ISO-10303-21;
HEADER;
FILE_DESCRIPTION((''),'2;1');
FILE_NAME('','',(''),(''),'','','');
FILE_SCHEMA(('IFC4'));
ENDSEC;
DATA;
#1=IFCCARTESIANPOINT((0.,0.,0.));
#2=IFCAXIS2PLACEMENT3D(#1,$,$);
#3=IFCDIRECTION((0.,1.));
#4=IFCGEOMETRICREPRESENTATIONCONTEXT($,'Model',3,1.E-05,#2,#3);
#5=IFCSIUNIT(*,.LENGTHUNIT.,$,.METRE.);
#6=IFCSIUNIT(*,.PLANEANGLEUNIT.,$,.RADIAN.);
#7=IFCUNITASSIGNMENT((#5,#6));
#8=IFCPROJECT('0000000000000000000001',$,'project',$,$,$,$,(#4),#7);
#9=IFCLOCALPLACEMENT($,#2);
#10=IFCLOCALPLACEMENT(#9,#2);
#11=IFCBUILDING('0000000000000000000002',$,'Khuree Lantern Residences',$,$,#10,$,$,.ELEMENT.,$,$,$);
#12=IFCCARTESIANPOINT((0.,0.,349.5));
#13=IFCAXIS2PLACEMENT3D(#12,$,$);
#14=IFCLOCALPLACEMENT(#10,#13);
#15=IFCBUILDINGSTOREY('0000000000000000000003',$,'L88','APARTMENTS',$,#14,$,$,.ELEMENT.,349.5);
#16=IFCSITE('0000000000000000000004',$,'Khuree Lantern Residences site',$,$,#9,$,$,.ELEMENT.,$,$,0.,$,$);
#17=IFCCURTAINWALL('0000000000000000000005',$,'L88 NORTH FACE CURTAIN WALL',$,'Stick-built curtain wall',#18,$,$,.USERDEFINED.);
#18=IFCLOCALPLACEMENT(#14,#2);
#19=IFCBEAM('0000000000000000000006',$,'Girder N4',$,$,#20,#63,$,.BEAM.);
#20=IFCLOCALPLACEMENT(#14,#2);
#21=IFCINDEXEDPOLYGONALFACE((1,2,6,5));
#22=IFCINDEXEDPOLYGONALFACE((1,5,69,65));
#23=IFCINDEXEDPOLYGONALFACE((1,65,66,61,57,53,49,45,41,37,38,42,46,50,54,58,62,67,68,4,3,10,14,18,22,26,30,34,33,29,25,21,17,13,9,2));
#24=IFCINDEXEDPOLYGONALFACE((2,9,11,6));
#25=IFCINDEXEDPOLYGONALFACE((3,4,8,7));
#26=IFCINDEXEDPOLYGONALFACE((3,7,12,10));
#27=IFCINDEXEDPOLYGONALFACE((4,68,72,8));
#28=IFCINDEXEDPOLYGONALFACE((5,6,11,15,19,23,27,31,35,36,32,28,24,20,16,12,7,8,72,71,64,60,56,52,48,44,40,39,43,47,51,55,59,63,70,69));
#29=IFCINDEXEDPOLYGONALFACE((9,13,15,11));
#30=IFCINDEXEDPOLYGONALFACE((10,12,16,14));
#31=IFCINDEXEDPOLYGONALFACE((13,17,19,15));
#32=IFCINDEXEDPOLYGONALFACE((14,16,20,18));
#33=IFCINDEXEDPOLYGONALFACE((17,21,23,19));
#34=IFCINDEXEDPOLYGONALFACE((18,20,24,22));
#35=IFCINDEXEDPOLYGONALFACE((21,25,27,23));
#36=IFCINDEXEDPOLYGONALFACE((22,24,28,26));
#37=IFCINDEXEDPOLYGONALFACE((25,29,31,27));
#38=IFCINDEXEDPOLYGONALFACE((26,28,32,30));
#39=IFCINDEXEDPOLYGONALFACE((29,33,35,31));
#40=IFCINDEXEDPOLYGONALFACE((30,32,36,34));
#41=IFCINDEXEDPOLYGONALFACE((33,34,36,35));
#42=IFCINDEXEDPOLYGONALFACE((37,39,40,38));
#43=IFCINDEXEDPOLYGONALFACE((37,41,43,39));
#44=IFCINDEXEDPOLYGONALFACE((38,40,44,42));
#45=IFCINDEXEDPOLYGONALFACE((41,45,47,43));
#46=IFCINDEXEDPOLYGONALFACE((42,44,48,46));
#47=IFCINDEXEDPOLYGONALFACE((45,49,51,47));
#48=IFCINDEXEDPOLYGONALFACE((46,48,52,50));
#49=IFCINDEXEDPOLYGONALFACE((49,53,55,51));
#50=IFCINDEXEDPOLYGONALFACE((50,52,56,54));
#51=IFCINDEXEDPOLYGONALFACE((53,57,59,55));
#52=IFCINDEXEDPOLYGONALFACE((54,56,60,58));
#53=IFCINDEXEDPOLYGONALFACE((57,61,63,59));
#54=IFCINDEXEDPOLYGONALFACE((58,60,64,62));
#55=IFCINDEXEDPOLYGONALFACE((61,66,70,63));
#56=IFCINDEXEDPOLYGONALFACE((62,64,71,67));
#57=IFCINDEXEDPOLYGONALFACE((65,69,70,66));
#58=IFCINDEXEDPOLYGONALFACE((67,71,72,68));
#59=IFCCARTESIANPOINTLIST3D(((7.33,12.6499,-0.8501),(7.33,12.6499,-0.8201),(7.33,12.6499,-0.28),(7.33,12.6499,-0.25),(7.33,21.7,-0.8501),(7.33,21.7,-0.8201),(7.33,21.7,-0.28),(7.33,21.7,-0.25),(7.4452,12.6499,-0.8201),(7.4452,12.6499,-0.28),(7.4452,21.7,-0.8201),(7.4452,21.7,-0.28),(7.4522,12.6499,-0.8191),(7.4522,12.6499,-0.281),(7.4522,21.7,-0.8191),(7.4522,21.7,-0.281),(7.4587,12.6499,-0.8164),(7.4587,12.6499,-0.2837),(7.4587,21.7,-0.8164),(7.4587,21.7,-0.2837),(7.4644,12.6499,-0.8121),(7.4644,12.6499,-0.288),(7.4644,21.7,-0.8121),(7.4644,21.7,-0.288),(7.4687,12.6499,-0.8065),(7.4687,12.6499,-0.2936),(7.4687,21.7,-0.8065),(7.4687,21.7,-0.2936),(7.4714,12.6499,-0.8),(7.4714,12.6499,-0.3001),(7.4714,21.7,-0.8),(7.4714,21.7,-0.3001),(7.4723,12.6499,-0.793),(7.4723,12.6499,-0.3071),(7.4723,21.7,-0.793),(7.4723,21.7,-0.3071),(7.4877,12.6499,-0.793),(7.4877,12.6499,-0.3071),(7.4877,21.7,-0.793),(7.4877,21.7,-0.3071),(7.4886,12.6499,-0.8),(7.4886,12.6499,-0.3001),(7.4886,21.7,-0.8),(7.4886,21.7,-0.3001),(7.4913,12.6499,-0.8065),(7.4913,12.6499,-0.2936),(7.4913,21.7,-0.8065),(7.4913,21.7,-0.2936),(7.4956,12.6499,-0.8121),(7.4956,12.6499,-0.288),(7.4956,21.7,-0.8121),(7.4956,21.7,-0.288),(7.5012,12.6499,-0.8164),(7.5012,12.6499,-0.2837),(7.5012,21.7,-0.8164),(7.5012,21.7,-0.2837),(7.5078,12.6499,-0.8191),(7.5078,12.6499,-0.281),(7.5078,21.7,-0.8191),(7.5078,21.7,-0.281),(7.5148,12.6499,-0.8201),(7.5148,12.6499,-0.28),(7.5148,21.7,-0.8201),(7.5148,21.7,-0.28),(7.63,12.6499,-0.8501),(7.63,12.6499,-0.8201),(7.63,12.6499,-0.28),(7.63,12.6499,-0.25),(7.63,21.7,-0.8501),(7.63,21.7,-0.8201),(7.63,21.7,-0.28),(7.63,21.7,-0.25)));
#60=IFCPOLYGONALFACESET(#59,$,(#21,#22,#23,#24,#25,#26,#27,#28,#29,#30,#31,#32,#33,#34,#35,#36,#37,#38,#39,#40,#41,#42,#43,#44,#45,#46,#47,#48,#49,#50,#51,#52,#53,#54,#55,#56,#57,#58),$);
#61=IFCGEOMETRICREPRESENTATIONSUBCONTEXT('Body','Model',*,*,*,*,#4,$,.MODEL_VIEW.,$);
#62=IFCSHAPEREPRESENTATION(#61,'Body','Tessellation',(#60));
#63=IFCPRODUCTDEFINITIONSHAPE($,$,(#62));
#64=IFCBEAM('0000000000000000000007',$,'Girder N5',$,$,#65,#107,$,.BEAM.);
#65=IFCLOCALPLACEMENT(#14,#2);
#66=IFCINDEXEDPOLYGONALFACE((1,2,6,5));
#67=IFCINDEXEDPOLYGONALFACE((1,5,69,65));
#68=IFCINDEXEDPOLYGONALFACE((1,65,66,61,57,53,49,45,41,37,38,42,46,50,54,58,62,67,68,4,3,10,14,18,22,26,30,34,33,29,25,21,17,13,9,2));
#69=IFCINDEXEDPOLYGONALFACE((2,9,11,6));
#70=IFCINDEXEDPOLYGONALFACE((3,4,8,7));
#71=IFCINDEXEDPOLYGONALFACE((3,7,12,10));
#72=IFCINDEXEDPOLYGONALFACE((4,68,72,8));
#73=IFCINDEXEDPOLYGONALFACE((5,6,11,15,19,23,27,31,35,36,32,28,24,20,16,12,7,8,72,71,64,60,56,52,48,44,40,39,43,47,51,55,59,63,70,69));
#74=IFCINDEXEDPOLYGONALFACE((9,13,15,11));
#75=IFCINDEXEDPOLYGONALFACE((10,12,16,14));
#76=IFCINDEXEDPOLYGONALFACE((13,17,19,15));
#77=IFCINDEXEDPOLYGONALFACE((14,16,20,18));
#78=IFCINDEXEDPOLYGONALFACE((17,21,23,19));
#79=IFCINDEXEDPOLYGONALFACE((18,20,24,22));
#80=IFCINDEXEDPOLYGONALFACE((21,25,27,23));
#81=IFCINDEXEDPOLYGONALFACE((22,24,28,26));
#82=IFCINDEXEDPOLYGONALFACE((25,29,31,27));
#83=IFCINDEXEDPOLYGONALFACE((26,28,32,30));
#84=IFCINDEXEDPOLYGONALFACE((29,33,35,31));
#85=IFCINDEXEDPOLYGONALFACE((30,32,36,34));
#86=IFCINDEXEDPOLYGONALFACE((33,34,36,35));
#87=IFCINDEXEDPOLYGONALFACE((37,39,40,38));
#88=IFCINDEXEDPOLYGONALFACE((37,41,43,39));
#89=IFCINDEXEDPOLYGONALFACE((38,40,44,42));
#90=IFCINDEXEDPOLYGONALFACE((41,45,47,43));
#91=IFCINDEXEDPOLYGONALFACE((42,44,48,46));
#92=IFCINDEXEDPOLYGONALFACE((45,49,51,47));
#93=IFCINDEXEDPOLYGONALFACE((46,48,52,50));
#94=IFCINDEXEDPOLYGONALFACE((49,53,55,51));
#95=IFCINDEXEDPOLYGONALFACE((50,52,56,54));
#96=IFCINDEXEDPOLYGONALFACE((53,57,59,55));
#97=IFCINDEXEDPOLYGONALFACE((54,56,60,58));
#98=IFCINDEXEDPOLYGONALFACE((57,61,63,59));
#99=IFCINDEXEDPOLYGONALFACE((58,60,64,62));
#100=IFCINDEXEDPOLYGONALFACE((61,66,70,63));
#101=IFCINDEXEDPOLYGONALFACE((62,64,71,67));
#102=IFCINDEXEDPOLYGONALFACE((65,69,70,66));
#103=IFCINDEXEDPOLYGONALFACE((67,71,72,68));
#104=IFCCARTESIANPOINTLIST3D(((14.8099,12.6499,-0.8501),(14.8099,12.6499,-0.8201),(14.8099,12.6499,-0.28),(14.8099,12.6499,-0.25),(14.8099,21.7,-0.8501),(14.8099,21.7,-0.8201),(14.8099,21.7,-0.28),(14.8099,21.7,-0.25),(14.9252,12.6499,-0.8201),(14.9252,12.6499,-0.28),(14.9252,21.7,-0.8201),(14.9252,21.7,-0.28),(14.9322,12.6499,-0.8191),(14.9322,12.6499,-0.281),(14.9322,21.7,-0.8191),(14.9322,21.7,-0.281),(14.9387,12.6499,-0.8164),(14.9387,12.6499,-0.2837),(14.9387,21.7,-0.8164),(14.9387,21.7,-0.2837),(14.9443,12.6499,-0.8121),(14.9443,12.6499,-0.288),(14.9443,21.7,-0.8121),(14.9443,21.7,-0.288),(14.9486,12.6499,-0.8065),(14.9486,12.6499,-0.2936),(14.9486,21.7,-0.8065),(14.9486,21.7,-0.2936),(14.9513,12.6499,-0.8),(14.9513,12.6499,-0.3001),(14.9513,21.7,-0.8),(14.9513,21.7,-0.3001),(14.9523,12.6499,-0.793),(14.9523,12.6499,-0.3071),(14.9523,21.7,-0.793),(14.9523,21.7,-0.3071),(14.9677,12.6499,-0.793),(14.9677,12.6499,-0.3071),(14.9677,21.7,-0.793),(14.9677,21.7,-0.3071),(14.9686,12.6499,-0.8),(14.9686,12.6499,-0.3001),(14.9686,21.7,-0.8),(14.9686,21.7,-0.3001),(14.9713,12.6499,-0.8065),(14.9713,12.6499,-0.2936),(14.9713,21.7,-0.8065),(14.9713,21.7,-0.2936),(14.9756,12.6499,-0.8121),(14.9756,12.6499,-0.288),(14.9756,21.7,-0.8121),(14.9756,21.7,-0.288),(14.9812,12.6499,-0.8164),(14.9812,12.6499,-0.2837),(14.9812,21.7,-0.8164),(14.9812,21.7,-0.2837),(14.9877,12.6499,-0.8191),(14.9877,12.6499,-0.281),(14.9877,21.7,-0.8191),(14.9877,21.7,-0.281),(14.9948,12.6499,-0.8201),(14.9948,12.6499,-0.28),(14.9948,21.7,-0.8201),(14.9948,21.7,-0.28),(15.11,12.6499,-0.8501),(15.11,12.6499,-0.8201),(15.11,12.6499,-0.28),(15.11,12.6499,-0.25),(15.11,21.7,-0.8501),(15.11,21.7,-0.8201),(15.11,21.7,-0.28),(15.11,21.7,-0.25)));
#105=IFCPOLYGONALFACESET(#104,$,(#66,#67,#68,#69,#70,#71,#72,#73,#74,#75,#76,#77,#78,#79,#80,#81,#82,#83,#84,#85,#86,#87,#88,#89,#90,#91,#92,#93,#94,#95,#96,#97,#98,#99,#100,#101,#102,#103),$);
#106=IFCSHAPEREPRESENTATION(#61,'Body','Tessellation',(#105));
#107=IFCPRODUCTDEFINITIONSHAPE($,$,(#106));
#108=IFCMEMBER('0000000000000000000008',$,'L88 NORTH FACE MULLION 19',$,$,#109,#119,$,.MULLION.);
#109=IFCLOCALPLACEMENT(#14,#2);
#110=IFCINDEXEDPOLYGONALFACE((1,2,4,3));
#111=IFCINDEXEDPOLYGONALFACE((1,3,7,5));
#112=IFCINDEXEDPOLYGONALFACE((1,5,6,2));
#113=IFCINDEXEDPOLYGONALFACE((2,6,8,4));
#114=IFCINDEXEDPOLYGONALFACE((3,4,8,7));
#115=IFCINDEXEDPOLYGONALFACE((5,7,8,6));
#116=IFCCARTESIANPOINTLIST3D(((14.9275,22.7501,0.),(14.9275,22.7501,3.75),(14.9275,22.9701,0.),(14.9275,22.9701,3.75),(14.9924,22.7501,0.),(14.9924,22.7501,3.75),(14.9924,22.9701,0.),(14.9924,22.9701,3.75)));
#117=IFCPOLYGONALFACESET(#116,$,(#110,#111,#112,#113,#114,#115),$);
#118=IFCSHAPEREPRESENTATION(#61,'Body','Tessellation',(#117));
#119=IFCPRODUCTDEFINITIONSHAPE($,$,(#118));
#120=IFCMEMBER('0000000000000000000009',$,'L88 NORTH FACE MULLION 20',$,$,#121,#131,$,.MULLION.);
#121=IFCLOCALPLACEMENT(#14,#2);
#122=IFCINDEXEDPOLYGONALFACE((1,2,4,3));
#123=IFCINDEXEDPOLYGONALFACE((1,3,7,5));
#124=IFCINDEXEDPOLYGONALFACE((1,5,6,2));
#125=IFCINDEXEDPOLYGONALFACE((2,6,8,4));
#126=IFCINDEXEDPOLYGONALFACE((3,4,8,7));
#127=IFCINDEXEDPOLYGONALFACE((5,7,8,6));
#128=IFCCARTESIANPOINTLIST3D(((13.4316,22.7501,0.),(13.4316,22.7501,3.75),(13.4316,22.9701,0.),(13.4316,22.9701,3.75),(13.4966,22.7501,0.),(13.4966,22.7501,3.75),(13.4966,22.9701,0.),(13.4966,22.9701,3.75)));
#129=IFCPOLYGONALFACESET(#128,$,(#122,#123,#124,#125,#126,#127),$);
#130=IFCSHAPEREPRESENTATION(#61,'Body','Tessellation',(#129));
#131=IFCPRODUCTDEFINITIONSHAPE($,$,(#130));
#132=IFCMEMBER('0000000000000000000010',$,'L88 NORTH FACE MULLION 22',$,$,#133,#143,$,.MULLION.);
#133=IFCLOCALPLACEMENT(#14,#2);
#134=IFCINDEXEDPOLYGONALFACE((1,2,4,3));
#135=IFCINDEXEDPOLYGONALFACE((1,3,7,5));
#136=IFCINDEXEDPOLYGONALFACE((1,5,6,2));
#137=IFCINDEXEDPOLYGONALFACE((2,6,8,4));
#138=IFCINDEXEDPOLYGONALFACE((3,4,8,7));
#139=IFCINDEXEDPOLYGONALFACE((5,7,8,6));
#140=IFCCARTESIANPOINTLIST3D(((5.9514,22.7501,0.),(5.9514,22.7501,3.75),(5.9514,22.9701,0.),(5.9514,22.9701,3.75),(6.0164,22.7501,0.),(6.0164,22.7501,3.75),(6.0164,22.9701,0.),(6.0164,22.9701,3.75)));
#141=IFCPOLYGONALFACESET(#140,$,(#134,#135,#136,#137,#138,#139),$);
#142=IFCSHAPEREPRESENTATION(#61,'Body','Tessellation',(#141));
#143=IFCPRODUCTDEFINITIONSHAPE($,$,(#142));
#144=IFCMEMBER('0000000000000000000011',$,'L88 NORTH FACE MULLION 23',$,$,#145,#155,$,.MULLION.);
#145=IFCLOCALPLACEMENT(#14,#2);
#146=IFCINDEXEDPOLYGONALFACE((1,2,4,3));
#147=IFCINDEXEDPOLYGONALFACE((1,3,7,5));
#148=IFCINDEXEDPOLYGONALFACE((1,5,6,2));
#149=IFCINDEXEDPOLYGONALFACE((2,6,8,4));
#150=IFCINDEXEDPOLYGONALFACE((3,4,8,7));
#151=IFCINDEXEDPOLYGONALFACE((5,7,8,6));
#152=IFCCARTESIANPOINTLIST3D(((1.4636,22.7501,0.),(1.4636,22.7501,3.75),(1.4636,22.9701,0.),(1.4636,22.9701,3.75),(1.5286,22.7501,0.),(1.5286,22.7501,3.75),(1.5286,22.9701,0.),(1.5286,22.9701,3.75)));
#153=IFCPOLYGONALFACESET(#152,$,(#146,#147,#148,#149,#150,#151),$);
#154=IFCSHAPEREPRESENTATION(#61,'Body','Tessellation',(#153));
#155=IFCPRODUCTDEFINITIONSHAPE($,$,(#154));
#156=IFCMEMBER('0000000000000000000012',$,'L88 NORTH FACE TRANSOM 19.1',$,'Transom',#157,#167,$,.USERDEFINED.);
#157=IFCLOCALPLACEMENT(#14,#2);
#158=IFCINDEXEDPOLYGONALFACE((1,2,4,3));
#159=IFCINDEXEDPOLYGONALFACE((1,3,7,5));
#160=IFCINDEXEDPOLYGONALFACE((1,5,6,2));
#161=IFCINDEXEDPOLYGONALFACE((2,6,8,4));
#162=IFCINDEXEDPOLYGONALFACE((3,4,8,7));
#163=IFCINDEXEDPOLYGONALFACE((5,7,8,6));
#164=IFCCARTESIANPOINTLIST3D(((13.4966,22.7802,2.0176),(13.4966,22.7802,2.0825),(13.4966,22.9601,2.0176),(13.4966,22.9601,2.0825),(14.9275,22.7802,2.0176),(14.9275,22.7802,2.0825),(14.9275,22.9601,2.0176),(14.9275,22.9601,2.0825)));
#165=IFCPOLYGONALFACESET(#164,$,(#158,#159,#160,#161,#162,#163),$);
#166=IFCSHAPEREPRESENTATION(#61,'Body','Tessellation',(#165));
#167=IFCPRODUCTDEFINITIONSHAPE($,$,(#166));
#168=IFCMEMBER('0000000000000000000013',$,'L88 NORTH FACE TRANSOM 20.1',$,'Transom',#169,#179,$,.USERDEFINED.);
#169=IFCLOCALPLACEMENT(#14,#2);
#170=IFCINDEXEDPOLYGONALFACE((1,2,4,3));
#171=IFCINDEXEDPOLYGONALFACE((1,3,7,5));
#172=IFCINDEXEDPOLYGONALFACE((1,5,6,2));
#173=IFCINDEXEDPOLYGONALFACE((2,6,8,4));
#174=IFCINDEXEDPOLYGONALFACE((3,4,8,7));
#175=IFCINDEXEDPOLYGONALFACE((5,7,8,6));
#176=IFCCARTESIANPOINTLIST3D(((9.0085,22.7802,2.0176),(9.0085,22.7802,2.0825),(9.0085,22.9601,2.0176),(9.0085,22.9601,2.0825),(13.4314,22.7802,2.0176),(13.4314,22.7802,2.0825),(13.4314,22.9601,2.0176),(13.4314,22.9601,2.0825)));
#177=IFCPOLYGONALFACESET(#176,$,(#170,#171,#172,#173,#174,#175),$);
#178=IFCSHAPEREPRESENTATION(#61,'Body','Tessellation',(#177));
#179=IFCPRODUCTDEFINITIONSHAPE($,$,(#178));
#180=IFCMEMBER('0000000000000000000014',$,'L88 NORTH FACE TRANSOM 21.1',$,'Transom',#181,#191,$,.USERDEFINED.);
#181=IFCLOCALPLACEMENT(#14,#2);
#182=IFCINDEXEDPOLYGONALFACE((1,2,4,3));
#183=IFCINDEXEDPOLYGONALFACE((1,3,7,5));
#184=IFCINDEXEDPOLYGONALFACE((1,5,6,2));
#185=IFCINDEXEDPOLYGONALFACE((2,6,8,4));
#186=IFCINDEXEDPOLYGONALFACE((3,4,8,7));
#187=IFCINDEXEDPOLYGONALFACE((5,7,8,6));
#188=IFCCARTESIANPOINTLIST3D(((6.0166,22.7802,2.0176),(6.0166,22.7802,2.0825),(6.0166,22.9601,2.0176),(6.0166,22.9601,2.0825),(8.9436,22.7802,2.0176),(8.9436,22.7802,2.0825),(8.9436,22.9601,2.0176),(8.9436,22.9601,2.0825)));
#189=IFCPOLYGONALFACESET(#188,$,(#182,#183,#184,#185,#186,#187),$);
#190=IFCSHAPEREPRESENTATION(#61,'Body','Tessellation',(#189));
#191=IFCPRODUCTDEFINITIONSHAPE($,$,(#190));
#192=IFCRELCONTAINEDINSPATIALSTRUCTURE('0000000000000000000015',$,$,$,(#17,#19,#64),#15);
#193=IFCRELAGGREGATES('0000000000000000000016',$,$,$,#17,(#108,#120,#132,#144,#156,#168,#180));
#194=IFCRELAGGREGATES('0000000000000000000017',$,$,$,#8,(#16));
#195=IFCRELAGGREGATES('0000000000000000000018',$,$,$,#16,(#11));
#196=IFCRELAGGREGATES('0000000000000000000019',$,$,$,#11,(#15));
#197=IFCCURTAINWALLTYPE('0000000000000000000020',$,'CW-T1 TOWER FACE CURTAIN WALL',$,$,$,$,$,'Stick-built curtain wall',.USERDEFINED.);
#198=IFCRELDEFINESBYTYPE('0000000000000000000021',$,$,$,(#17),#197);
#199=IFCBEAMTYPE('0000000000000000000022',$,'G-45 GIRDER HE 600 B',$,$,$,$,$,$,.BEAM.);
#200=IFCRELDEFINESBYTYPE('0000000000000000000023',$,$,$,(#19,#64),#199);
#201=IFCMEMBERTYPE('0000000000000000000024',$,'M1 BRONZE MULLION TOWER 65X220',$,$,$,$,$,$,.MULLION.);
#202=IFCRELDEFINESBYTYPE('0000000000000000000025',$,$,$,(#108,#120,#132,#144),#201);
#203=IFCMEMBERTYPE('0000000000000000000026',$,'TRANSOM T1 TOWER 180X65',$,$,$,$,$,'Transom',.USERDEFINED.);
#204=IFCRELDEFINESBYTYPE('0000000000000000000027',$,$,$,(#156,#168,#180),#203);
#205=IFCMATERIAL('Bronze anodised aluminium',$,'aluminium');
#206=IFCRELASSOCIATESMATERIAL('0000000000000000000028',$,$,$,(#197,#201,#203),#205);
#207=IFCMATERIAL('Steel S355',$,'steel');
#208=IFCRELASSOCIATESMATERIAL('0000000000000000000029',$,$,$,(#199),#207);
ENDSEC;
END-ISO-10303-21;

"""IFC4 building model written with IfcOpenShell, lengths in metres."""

from ifc_helpers import new_model, si_unit, direction, frame, origin, origin_2d, place, context, subcontext, project, spatial, rectangle, i_section, extrude, material, material_profile, profile_set, type_object, element, aggregate, save


model = new_model("IFC4")

# Units and contexts
model_context = context("Model", 3, precision=1e-05, world=origin(), true_north=direction((0.0, 1.0)))
body_context = subcontext(model_context, "Body", "Model", "MODEL_VIEW")
ifc_project = project(units=[si_unit("LENGTHUNIT", "METRE"), si_unit("PLANEANGLEUNIT", "RADIAN")], contexts=[model_context])

# Site, building, storey
site_placement = place(None, origin())
site = spatial("IfcSite", under=ifc_project, at=site_placement, Name="Khuree Lantern Residences site", CompositionType="ELEMENT", RefElevation=0.0)
building_placement = place(site_placement, origin())
building = spatial("IfcBuilding", under=site, at=building_placement, Name="Khuree Lantern Residences", CompositionType="ELEMENT")
storey_placement = place(building_placement, frame((0.0, 0.0, 349.5)))
storey = spatial("IfcBuildingStorey", under=building, at=storey_placement, Name="L88", Description="APARTMENTS", CompositionType="ELEMENT", Elevation=349.5)

# Shared definitions
ifc_material_1 = material(Name="Steel S355", Category="steel")

# Curtain wall
ifc_material_2 = material(Name="Bronze anodised aluminium", Category="aluminium")
curtain_wall_type = type_object("IfcCurtainWallType", Name="CW-T1 TOWER FACE CURTAIN WALL", ElementType="Stick-built curtain wall", PredefinedType="USERDEFINED", material=ifc_material_2)
curtain_wall_placement = place(storey_placement, origin())
curtain_wall = element("IfcCurtainWall", 1, at=curtain_wall_placement, inside=storey, type_object=curtain_wall_type, Name="L88 NORTH FACE CURTAIN WALL", ObjectType="Stick-built curtain wall", PredefinedType="USERDEFINED")

# Beams
ifc_material_profile_1 = material_profile(ifc_material_1, i_section(OverallWidth=0.3, OverallDepth=0.6001, WebThickness=0.0154, FlangeThickness=0.03, FilletRadius=0.0271, at=origin_2d()), Name="HE 600 B")
ifc_profile_set_1 = profile_set([ifc_material_profile_1], Name="Steel S355")
beam_type_1 = type_object("IfcBeamType", Name="G-45 GIRDER HE 600 B", PredefinedType="BEAM", material=ifc_profile_set_1)
for number, where, z_axis, x_axis, name in (
    (2, (7.48, 21.7, -0.55), (0.0, -1.0, 0.0), (1.0, 0.0, 0.0), "Girder N4"),
    (3, (14.96, 21.7, -0.55), (0.0, -1.0, 0.0), (1.0, 0.0, 0.0), "Girder N5"),
):
    element("IfcBeam", number, at=place(storey_placement, frame(where, z_axis=z_axis, x_axis=x_axis)), inside=storey, type_object=beam_type_1, Name=name, PredefinedType="BEAM", context=body_context, shape_type="SweptSolid", body=[
        extrude(i_section(OverallWidth=0.3, OverallDepth=0.6001, WebThickness=0.0154, FlangeThickness=0.03, FilletRadius=0.0271, at=origin_2d()), origin(), (0.0, 0.0, 1.0), 9.05),
    ])

# Members
ifc_material_profile_2 = material_profile(ifc_material_2, rectangle(XDim=0.0649, YDim=0.22, at=origin_2d()), Name="M1 65X220")
ifc_profile_set_2 = profile_set([ifc_material_profile_2], Name="Bronze anodised aluminium")
member_type_1 = type_object("IfcMemberType", Name="M1 BRONZE MULLION TOWER 65X220", PredefinedType="MULLION", material=ifc_profile_set_2)
member_1_placement = place(storey_placement, frame((14.96, 22.8601, 0.0), z_axis=(0.0, 0.0, 1.0), x_axis=(-1.0, 0.0, 0.0)))
member_1 = element("IfcMember", 4, at=member_1_placement, type_object=member_type_1, Name="L88 NORTH FACE MULLION 19", PredefinedType="MULLION", context=body_context, shape_type="SweptSolid", body=[
    extrude(rectangle(XDim=0.0649, YDim=0.22, at=origin_2d()), origin(), (0.0, 0.0, 1.0), 3.75),
])
member_2_placement = place(storey_placement, frame((13.4641, 22.8601, 0.0), z_axis=(0.0, 0.0, 1.0), x_axis=(-1.0, 0.0, 0.0)))
member_2 = element("IfcMember", 5, at=member_2_placement, type_object=member_type_1, Name="L88 NORTH FACE MULLION 20", PredefinedType="MULLION", context=body_context, shape_type="SweptSolid", body=[
    extrude(rectangle(XDim=0.0649, YDim=0.22, at=origin_2d()), origin(), (0.0, 0.0, 1.0), 3.75),
])
member_3_placement = place(storey_placement, frame((5.9839, 22.8601, 0.0), z_axis=(0.0, 0.0, 1.0), x_axis=(-1.0, 0.0, 0.0)))
member_3 = element("IfcMember", 6, at=member_3_placement, type_object=member_type_1, Name="L88 NORTH FACE MULLION 22", PredefinedType="MULLION", context=body_context, shape_type="SweptSolid", body=[
    extrude(rectangle(XDim=0.0649, YDim=0.22, at=origin_2d()), origin(), (0.0, 0.0, 1.0), 3.75),
])
member_4_placement = place(storey_placement, frame((1.4961, 22.8601, 0.0), z_axis=(0.0, 0.0, 1.0), x_axis=(-1.0, 0.0, 0.0)))
member_4 = element("IfcMember", 7, at=member_4_placement, type_object=member_type_1, Name="L88 NORTH FACE MULLION 23", PredefinedType="MULLION", context=body_context, shape_type="SweptSolid", body=[
    extrude(rectangle(XDim=0.0649, YDim=0.22, at=origin_2d()), origin(), (0.0, 0.0, 1.0), 3.75),
])
ifc_material_profile_3 = material_profile(ifc_material_2, rectangle(XDim=0.1799, YDim=0.0649, at=origin_2d()), Name="T1 180X65")
ifc_profile_set_3 = profile_set([ifc_material_profile_3], Name="Bronze anodised aluminium")
member_type_2 = type_object("IfcMemberType", Name="TRANSOM T1 TOWER 180X65", ElementType="Transom", PredefinedType="USERDEFINED", material=ifc_profile_set_3)
member_5_placement = place(storey_placement, frame((14.9275, 22.8701, 2.05), z_axis=(-1.0, 0.0, 0.0), x_axis=(0.0, -1.0, 0.0)))
member_5 = element("IfcMember", 8, at=member_5_placement, type_object=member_type_2, Name="L88 NORTH FACE TRANSOM 19.1", ObjectType="Transom", PredefinedType="USERDEFINED", context=body_context, shape_type="SweptSolid", body=[
    extrude(rectangle(XDim=0.1799, YDim=0.0649, at=origin_2d()), origin(), (0.0, 0.0, 1.0), 1.4309),
])
member_6_placement = place(storey_placement, frame((13.4314, 22.8701, 2.05), z_axis=(-1.0, 0.0, 0.0), x_axis=(0.0, -1.0, 0.0)))
member_6 = element("IfcMember", 9, at=member_6_placement, type_object=member_type_2, Name="L88 NORTH FACE TRANSOM 20.1", ObjectType="Transom", PredefinedType="USERDEFINED", context=body_context, shape_type="SweptSolid", body=[
    extrude(rectangle(XDim=0.1799, YDim=0.0649, at=origin_2d()), origin(), (0.0, 0.0, 1.0), 4.4229),
])
member_7_placement = place(storey_placement, frame((8.9436, 22.8701, 2.05), z_axis=(-1.0, 0.0, 0.0), x_axis=(0.0, -1.0, 0.0)))
member_7 = element("IfcMember", 10, at=member_7_placement, type_object=member_type_2, Name="L88 NORTH FACE TRANSOM 21.1", ObjectType="Transom", PredefinedType="USERDEFINED", context=body_context, shape_type="SweptSolid", body=[
    extrude(rectangle(XDim=0.1799, YDim=0.0649, at=origin_2d()), origin(), (0.0, 0.0, 1.0), 2.927),
])

aggregate(curtain_wall, [member_1, member_2, member_3, member_4, member_5, member_6, member_7])

save(model, "model.ifc")
